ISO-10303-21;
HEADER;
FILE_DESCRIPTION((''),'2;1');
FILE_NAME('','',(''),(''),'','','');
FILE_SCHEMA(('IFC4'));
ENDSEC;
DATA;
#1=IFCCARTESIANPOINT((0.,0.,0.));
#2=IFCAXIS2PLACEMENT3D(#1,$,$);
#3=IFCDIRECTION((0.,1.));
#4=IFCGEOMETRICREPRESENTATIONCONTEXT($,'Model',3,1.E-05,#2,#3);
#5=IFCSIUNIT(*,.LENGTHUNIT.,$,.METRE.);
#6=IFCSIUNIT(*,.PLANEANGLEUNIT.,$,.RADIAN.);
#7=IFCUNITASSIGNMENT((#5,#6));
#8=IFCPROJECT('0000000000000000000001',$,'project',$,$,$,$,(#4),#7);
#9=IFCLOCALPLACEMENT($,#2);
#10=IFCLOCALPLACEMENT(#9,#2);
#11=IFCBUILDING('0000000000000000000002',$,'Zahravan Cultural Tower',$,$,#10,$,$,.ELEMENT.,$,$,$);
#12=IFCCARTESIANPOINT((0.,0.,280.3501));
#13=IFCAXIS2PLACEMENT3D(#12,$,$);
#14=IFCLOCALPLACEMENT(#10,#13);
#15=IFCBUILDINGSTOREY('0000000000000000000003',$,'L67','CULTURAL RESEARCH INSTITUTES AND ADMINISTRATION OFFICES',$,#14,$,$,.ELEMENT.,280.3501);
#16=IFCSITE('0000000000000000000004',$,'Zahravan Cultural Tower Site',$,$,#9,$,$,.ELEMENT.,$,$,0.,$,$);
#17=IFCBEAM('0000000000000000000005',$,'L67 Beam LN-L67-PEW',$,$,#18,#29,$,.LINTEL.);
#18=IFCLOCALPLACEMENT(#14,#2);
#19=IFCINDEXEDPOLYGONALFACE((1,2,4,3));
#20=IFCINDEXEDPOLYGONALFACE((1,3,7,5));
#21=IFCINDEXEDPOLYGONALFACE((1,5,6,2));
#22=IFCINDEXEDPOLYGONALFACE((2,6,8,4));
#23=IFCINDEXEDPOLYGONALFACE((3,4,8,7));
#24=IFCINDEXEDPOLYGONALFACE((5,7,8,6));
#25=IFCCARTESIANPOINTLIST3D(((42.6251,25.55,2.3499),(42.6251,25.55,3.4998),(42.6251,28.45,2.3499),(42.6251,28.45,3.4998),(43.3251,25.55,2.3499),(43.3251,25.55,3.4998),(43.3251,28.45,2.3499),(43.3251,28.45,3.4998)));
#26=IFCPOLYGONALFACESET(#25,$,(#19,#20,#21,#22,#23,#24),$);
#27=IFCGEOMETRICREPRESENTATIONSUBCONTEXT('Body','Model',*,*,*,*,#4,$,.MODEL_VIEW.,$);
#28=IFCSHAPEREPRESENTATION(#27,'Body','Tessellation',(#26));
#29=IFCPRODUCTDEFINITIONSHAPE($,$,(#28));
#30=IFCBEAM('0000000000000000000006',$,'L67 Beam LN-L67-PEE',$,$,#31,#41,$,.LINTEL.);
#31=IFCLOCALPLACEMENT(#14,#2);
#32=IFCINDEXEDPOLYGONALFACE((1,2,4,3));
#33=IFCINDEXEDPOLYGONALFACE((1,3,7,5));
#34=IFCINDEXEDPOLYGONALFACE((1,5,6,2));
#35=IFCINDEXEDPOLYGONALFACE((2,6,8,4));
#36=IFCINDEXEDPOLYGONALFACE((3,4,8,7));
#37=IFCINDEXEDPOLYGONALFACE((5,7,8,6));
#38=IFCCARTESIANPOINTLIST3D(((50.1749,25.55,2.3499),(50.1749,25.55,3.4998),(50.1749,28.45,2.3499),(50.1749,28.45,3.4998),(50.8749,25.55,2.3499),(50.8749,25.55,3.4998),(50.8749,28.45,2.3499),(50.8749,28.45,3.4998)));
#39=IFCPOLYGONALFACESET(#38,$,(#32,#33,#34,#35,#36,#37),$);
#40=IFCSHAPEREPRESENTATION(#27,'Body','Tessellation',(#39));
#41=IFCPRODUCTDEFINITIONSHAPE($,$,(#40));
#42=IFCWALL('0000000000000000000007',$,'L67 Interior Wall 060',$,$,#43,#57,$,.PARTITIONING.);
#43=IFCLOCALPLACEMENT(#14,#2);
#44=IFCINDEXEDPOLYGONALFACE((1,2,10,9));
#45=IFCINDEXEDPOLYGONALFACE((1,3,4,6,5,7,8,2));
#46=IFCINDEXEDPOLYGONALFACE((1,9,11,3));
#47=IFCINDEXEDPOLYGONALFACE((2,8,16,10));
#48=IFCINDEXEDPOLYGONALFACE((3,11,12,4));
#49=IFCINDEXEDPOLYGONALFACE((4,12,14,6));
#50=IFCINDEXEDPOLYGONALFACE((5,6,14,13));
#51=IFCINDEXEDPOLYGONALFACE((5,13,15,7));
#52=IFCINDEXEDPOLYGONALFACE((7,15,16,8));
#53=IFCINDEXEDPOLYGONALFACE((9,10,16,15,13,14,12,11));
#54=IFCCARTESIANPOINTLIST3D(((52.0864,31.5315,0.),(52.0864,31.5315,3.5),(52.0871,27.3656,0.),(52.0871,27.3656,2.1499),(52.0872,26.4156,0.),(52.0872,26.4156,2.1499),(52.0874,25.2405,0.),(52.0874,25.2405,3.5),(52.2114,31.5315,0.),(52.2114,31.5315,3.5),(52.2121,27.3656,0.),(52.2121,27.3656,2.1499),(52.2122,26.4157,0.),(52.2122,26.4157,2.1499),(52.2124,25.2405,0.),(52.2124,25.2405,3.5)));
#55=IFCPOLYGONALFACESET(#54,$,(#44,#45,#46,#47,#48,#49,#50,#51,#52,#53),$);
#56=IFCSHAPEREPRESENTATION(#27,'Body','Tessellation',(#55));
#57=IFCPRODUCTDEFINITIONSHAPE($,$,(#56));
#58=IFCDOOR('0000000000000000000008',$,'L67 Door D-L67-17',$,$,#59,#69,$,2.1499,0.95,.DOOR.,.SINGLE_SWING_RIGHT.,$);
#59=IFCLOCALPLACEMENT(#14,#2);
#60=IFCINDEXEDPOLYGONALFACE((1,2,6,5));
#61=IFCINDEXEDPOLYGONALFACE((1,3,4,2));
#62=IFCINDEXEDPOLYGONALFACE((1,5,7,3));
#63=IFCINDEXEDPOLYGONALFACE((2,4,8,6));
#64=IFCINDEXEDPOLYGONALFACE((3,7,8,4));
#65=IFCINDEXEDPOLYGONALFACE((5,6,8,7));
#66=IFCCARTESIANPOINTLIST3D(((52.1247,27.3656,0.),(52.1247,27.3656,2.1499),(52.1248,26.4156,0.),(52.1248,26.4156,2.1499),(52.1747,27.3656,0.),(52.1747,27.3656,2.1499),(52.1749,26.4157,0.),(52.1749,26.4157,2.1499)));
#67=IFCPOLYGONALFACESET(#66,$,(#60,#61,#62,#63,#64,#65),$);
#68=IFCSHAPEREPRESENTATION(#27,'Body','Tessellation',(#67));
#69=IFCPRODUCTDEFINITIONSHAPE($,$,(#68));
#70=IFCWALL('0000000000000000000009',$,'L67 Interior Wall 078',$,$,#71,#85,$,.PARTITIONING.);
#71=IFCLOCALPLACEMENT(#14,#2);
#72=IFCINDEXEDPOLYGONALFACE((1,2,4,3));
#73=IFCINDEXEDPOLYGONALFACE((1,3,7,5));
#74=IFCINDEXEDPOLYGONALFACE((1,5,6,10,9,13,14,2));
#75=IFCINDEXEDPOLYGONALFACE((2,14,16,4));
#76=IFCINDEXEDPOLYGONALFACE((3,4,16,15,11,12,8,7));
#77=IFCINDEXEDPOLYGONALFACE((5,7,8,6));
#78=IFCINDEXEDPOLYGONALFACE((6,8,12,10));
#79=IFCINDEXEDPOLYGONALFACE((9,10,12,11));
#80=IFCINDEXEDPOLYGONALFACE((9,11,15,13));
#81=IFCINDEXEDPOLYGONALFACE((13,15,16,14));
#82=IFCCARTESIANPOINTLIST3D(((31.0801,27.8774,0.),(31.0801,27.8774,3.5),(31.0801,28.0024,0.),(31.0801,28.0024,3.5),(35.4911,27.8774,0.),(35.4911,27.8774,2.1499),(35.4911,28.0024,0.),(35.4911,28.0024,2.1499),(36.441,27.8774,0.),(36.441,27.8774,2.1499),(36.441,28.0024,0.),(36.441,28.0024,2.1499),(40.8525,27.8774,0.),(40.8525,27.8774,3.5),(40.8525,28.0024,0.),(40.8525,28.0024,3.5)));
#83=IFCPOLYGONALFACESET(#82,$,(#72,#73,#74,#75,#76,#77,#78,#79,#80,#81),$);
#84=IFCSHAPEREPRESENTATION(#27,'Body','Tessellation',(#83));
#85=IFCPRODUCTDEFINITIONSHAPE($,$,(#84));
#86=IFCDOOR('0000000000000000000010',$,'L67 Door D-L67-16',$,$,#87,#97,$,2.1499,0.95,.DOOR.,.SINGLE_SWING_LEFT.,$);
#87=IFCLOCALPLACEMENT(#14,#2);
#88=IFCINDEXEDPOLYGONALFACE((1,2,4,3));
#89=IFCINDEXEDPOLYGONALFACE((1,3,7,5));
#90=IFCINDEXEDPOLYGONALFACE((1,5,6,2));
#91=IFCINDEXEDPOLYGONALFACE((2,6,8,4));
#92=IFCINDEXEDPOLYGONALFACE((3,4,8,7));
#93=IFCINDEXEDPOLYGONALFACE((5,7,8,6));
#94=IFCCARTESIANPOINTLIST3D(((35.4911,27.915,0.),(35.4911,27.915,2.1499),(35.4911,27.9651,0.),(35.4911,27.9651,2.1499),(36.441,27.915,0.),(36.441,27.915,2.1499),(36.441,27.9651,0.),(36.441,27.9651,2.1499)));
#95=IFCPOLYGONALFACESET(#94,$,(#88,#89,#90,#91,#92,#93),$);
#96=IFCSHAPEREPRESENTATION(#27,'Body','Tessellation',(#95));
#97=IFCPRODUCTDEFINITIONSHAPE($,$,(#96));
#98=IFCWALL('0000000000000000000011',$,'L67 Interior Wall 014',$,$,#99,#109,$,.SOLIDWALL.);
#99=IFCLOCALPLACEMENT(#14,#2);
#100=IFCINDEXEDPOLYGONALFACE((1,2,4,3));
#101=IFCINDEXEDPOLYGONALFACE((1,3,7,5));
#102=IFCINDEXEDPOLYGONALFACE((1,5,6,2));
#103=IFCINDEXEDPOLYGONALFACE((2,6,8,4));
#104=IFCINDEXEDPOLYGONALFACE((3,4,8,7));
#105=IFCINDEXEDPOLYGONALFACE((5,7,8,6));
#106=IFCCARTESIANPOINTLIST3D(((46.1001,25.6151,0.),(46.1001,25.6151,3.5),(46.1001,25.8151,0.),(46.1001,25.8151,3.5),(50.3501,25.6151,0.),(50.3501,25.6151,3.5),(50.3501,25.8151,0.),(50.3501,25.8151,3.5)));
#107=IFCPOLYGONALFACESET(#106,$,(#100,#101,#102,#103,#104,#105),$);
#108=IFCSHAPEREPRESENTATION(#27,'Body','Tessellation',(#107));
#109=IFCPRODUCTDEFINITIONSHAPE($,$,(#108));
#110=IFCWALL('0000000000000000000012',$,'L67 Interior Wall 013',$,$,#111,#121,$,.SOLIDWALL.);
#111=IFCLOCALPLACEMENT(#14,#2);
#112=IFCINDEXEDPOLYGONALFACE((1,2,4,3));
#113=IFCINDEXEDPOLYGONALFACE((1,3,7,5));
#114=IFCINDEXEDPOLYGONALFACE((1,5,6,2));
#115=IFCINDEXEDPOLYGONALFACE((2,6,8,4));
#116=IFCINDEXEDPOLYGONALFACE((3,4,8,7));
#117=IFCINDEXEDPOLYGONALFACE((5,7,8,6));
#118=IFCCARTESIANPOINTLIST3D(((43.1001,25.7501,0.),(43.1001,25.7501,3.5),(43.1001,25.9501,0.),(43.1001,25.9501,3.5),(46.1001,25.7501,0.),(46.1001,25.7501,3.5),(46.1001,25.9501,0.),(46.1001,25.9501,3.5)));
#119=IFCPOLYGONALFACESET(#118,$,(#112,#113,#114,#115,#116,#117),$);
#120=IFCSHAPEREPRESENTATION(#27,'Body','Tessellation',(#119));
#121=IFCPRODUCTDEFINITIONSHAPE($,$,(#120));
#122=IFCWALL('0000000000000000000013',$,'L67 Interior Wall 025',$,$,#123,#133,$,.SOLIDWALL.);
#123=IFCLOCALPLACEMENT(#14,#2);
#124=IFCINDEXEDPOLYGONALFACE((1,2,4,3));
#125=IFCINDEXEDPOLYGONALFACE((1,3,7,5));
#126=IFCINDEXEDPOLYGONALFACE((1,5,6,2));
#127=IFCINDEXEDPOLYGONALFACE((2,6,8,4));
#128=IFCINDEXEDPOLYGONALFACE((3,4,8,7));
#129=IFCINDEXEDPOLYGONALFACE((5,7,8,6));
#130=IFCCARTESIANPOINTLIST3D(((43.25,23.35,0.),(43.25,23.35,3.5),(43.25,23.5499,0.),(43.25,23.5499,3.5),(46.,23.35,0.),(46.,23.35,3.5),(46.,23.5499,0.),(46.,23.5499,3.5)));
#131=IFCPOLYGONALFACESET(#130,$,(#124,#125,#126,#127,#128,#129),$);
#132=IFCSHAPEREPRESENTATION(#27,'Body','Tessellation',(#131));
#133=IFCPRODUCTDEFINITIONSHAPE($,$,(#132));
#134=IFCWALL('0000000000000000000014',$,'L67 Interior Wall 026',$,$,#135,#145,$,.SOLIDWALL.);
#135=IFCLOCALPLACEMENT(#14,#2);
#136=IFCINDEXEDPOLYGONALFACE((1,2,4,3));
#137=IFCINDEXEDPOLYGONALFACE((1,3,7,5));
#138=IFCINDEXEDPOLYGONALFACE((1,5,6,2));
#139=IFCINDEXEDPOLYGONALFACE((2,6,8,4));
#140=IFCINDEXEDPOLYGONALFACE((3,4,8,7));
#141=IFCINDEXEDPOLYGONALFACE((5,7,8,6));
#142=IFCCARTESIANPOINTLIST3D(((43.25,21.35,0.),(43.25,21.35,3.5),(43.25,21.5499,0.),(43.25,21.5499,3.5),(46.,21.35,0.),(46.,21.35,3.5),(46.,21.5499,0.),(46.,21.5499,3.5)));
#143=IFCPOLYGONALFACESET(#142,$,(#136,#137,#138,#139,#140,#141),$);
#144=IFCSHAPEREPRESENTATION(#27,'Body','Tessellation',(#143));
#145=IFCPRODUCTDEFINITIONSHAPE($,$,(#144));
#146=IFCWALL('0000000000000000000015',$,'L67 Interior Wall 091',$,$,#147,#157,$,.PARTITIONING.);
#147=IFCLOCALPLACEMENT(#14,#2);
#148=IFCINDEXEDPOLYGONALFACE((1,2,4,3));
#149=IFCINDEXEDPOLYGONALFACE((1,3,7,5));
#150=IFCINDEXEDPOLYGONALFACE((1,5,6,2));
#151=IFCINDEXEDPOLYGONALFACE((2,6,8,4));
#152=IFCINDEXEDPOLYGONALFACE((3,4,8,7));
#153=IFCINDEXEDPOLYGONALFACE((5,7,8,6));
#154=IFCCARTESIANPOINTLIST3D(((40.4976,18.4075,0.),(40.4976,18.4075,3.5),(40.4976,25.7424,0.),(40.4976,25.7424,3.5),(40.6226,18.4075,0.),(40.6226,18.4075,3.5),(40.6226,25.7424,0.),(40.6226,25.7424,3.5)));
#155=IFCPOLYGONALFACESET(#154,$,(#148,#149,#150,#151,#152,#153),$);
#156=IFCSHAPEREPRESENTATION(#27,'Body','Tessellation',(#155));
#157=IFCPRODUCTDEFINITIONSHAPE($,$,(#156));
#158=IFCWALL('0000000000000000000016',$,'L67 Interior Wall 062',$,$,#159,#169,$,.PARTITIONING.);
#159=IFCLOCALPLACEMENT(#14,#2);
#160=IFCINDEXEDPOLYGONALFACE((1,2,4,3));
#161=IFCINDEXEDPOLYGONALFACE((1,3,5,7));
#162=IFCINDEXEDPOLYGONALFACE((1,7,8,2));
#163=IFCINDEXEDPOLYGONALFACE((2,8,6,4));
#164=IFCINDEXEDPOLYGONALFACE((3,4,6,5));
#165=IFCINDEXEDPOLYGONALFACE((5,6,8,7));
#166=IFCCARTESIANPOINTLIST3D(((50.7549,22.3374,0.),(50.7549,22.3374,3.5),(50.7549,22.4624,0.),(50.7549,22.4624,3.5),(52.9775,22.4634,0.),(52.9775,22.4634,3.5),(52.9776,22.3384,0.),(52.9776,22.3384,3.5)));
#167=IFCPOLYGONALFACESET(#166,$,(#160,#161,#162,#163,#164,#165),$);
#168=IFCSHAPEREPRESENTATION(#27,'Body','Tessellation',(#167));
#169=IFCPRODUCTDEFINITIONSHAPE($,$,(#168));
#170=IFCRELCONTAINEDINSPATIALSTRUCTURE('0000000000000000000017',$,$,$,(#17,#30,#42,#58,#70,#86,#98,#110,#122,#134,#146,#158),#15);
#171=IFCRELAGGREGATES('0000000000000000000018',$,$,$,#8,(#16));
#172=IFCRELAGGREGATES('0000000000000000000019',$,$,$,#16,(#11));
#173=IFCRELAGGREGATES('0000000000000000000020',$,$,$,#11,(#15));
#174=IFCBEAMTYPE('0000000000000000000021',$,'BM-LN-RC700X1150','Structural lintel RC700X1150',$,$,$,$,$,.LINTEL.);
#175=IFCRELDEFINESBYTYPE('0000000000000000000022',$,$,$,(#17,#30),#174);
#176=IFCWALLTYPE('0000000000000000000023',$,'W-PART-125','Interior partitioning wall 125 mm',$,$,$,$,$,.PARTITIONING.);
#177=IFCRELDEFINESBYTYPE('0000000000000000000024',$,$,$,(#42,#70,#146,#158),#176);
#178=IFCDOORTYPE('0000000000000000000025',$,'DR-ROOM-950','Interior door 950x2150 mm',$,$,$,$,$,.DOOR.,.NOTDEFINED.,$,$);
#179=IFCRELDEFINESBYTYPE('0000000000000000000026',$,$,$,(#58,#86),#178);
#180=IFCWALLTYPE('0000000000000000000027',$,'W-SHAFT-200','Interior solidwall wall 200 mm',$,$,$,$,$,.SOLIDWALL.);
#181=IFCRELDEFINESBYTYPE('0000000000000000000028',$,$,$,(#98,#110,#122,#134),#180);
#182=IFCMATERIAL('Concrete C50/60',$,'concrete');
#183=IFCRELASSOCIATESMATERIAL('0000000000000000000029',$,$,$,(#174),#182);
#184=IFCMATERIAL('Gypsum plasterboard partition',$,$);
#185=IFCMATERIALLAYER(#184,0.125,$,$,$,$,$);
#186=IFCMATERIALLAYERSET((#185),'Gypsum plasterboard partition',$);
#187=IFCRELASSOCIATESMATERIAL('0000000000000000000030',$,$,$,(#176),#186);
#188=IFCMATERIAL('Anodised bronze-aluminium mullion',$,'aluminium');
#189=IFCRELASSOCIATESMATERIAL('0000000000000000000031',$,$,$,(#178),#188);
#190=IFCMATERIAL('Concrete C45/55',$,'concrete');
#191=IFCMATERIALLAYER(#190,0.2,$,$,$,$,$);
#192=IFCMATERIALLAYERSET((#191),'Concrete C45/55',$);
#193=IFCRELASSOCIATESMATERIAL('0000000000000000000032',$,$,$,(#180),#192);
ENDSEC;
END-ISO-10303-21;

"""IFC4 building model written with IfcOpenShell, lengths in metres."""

from ifc_helpers import new_model, si_unit, direction, frame, frame_2d, origin, origin_2d, place, context, subcontext, project, spatial, rectangle, extrude, source, transform, mapped, material, layer, layer_set, material_profile, profile_set, type_object, element, fill, save


model = new_model("IFC4")

# Units and contexts
model_context = context("Model", 3, precision=1e-05, world=origin(), true_north=direction((0.0, 1.0)))
body_context = subcontext(model_context, "Body", "Model", "MODEL_VIEW")
ifc_project = project(units=[si_unit("LENGTHUNIT", "METRE"), si_unit("PLANEANGLEUNIT", "RADIAN")], contexts=[model_context])

# Site, building, storey
site_placement = place(None, origin())
site = spatial("IfcSite", under=ifc_project, at=site_placement, Name="Zahravan Cultural Tower Site", CompositionType="ELEMENT", RefElevation=0.0)
building_placement = place(site_placement, origin())
building = spatial("IfcBuilding", under=site, at=building_placement, Name="Zahravan Cultural Tower", CompositionType="ELEMENT")
storey_placement = place(building_placement, frame((0.0, 0.0, 280.3501)))
storey = spatial("IfcBuildingStorey", under=building, at=storey_placement, Name="L67", Description="CULTURAL RESEARCH INSTITUTES AND ADMINISTRATION OFFICES", CompositionType="ELEMENT", Elevation=280.3501)

# Beams
ifc_material_1 = material(Name="Concrete C50/60", Category="concrete")
ifc_material_profile = material_profile(ifc_material_1, rectangle(XDim=0.7, YDim=1.1499, at=origin_2d()), Name="RC700X1150")
ifc_profile_set = profile_set([ifc_material_profile], Name="Concrete C50/60")
beam_type = type_object("IfcBeamType", Name="BM-LN-RC700X1150", Description="Structural lintel RC700X1150", PredefinedType="LINTEL", material=ifc_profile_set)
shared_shape_1 = source(origin(), body_context, "Body", "SweptSolid", [
    extrude(rectangle(XDim=0.7, YDim=1.1499, at=origin_2d()), origin(), (0.0, 0.0, 1.0), 2.8999),
])
for number, where, z_axis, x_axis, name in (
    (1, (42.9751, 25.55, 2.9248), (0.0, 1.0, 0.0), (-1.0, 0.0, 0.0), "L67 Beam LN-L67-PEW"),
    (2, (50.5249, 25.55, 2.9248), (0.0, 1.0, 0.0), (-1.0, 0.0, 0.0), "L67 Beam LN-L67-PEE"),
):
    element("IfcBeam", number, at=place(storey_placement, frame(where, z_axis=z_axis, x_axis=x_axis)), inside=storey, type_object=beam_type, Name=name, PredefinedType="LINTEL", context=body_context, shape_type="MappedRepresentation", body=[
        mapped(shared_shape_1, transform((0.0, 0.0, 0.0), x_axis=(1.0, 0.0, 0.0), y_axis=(0.0, 1.0, 0.0), z_axis=(0.0, 0.0, 1.0), scale=1.0)),
    ])

# Walls, openings, doors
ifc_material_2 = material(Name="Gypsum plasterboard partition")
ifc_layer_1 = layer(ifc_material_2, 0.125)
ifc_layer_set_1 = layer_set([ifc_layer_1], Name="Gypsum plasterboard partition")
wall_type_1 = type_object("IfcWallType", Name="W-PART-125", Description="Interior partitioning wall 125 mm", PredefinedType="PARTITIONING", material=ifc_layer_set_1)
wall_1_placement = place(storey_placement, frame((52.1499, 25.2405, 0.0), z_axis=(0.0, 0.0, 1.0), x_axis=(-0.000155, 1.0, 0.0)))
wall_1 = element("IfcWall", 3, at=wall_1_placement, inside=storey, type_object=wall_type_1, Name="L67 Interior Wall 060", PredefinedType="PARTITIONING", context=body_context, shape_type="SweptSolid", body=[
    extrude(rectangle(XDim=6.291, YDim=0.125, at=frame_2d((3.1455, 0.0))), origin(), (0.0, 0.0, 1.0), 3.5),
])
opening_1_placement = place(wall_1_placement, frame((1.175, 0.0, 0.0)))
opening_1 = element("IfcOpeningElement", 4, at=opening_1_placement, cuts=wall_1, PredefinedType="OPENING", context=body_context, shape_type="SweptSolid", body=[
    extrude(rectangle(XDim=0.95, YDim=2.1499, at=frame_2d((0.4751, 1.075))), frame((0.0, 0.0725, 0.0), z_axis=(0.0, -1.0, 0.0), x_axis=(1.0, 0.0, 0.0)), (0.0, 0.0, 1.0), 0.145),
])
ifc_material_3 = material(Name="Anodised bronze-aluminium mullion", Category="aluminium")
door_type = type_object("IfcDoorType", Name="DR-ROOM-950", Description="Interior door 950x2150 mm", OperationType="NOTDEFINED", PredefinedType="DOOR", material=ifc_material_3)
shared_shape_2 = source(origin(), body_context, "Body", "SweptSolid", [
    extrude(rectangle(XDim=0.95, YDim=2.1499, at=frame_2d((0.4751, 1.075))), frame((0.0, 0.0249, 0.0), z_axis=(0.0, -1.0, 0.0), x_axis=(1.0, 0.0, 0.0)), (0.0, 0.0, 1.0), 0.05),
])
door_1_placement = place(opening_1_placement, origin())
door_1 = element("IfcDoor", 5, at=door_1_placement, inside=storey, type_object=door_type, Name="L67 Door D-L67-17", OperationType="SINGLE_SWING_RIGHT", OverallHeight=2.1499, OverallWidth=0.95, PredefinedType="DOOR", context=body_context, shape_type="MappedRepresentation", body=[
    mapped(shared_shape_2, transform((0.0, 0.0, 0.0), x_axis=(1.0, 0.0, 0.0), y_axis=(0.0, 1.0, 0.0), z_axis=(0.0, 0.0, 1.0), scale=1.0)),
])
fill(opening_1, door_1)
wall_2_placement = place(storey_placement, frame((40.8525, 27.9399, 0.0), z_axis=(0.0, 0.0, 1.0), x_axis=(-1.0, 0.0, 0.0)))
wall_2 = element("IfcWall", 6, at=wall_2_placement, inside=storey, type_object=wall_type_1, Name="L67 Interior Wall 078", PredefinedType="PARTITIONING", context=body_context, shape_type="SweptSolid", body=[
    extrude(rectangle(XDim=9.7725, YDim=0.125, at=frame_2d((4.8862, 0.0))), origin(), (0.0, 0.0, 1.0), 3.5),
])
opening_2_placement = place(wall_2_placement, frame((4.4114, 0.0, 0.0)))
opening_2 = element("IfcOpeningElement", 7, at=opening_2_placement, cuts=wall_2, PredefinedType="OPENING", context=body_context, shape_type="SweptSolid", body=[
    extrude(rectangle(XDim=0.95, YDim=2.1499, at=frame_2d((0.4751, 1.075))), frame((0.0, 0.0725, 0.0), z_axis=(0.0, -1.0, 0.0), x_axis=(1.0, 0.0, 0.0)), (0.0, 0.0, 1.0), 0.145),
])
door_2_placement = place(opening_2_placement, origin())
door_2 = element("IfcDoor", 8, at=door_2_placement, inside=storey, type_object=door_type, Name="L67 Door D-L67-16", OperationType="SINGLE_SWING_LEFT", OverallHeight=2.1499, OverallWidth=0.95, PredefinedType="DOOR", context=body_context, shape_type="MappedRepresentation", body=[
    mapped(shared_shape_2, transform((0.0, 0.0, 0.0), x_axis=(1.0, 0.0, 0.0), y_axis=(0.0, 1.0, 0.0), z_axis=(0.0, 0.0, 1.0), scale=1.0)),
])
fill(opening_2, door_2)

# Walls
ifc_material_4 = material(Name="Concrete C45/55", Category="concrete")
ifc_layer_2 = layer(ifc_material_4, 0.2)
ifc_layer_set_2 = layer_set([ifc_layer_2], Name="Concrete C45/55")
wall_type_2 = type_object("IfcWallType", Name="W-SHAFT-200", Description="Interior solidwall wall 200 mm", PredefinedType="SOLIDWALL", material=ifc_layer_set_2)
shared_shape_3 = source(origin(), body_context, "Body", "SweptSolid", [
    extrude(rectangle(XDim=4.25, YDim=0.2, at=frame_2d((2.125, 0.0))), origin(), (0.0, 0.0, 1.0), 3.5),
])
wall_3_placement = place(storey_placement, frame((46.1001, 25.7151, 0.0), z_axis=(0.0, 0.0, 1.0), x_axis=(1.0, 0.0, 0.0)))
element("IfcWall", 9, at=wall_3_placement, inside=storey, type_object=wall_type_2, Name="L67 Interior Wall 014", PredefinedType="SOLIDWALL", context=body_context, shape_type="MappedRepresentation", body=[
    mapped(shared_shape_3, transform((0.0, 0.0, 0.0), x_axis=(1.0, 0.0, 0.0), y_axis=(0.0, 1.0, 0.0), z_axis=(0.0, 0.0, 1.0), scale=1.0)),
])
shared_shape_4 = source(origin(), body_context, "Body", "SweptSolid", [
    extrude(rectangle(XDim=3.0, YDim=0.2, at=frame_2d((1.5, 0.0))), origin(), (0.0, 0.0, 1.0), 3.5),
])
wall_4_placement = place(storey_placement, frame((43.1001, 25.8501, 0.0), z_axis=(0.0, 0.0, 1.0), x_axis=(1.0, 0.0, 0.0)))
element("IfcWall", 10, at=wall_4_placement, inside=storey, type_object=wall_type_2, Name="L67 Interior Wall 013", PredefinedType="SOLIDWALL", context=body_context, shape_type="MappedRepresentation", body=[
    mapped(shared_shape_4, transform((0.0, 0.0, 0.0), x_axis=(1.0, 0.0, 0.0), y_axis=(0.0, 1.0, 0.0), z_axis=(0.0, 0.0, 1.0), scale=1.0)),
])
shared_shape_5 = source(origin(), body_context, "Body", "SweptSolid", [
    extrude(rectangle(XDim=2.75, YDim=0.2, at=frame_2d((1.375, 0.0))), origin(), (0.0, 0.0, 1.0), 3.5),
])
for number, where, z_axis, x_axis, name in (
    (11, (43.25, 23.45, 0.0), (0.0, 0.0, 1.0), (1.0, 0.0, 0.0), "L67 Interior Wall 025"),
    (12, (43.25, 21.45, 0.0), (0.0, 0.0, 1.0), (1.0, 0.0, 0.0), "L67 Interior Wall 026"),
):
    element("IfcWall", number, at=place(storey_placement, frame(where, z_axis=z_axis, x_axis=x_axis)), inside=storey, type_object=wall_type_2, Name=name, PredefinedType="SOLIDWALL", context=body_context, shape_type="MappedRepresentation", body=[
        mapped(shared_shape_5, transform((0.0, 0.0, 0.0), x_axis=(1.0, 0.0, 0.0), y_axis=(0.0, 1.0, 0.0), z_axis=(0.0, 0.0, 1.0), scale=1.0)),
    ])
shared_shape_6 = source(origin(), body_context, "Body", "SweptSolid", [
    extrude(rectangle(XDim=7.335, YDim=0.125, at=frame_2d((3.6675, 0.0))), origin(), (0.0, 0.0, 1.0), 3.5),
])
wall_5_placement = place(storey_placement, frame((40.5601, 25.7424, 0.0), z_axis=(0.0, 0.0, 1.0), x_axis=(0.0, -1.0, 0.0)))
element("IfcWall", 13, at=wall_5_placement, inside=storey, type_object=wall_type_1, Name="L67 Interior Wall 091", PredefinedType="PARTITIONING", context=body_context, shape_type="MappedRepresentation", body=[
    mapped(shared_shape_6, transform((0.0, 0.0, 0.0), x_axis=(1.0, 0.0, 0.0), y_axis=(0.0, 1.0, 0.0), z_axis=(0.0, 0.0, 1.0), scale=1.0)),
])
shared_shape_7 = source(origin(), body_context, "Body", "SweptSolid", [
    extrude(rectangle(XDim=2.2227, YDim=0.125, at=frame_2d((1.1113, 0.0))), origin(), (0.0, 0.0, 1.0), 3.5),
])
wall_6_placement = place(storey_placement, frame((50.7549, 22.3999, 0.0), z_axis=(0.0, 0.0, 1.0), x_axis=(1.0, 0.000439, 0.0)))
element("IfcWall", 14, at=wall_6_placement, inside=storey, type_object=wall_type_1, Name="L67 Interior Wall 062", PredefinedType="PARTITIONING", context=body_context, shape_type="MappedRepresentation", body=[
    mapped(shared_shape_7, transform((0.0, 0.0, 0.0), x_axis=(1.0, 0.0, 0.0), y_axis=(0.0, 1.0, 0.0), z_axis=(0.0, 0.0, 1.0), scale=1.0)),
])

save(model, "model.ifc")
